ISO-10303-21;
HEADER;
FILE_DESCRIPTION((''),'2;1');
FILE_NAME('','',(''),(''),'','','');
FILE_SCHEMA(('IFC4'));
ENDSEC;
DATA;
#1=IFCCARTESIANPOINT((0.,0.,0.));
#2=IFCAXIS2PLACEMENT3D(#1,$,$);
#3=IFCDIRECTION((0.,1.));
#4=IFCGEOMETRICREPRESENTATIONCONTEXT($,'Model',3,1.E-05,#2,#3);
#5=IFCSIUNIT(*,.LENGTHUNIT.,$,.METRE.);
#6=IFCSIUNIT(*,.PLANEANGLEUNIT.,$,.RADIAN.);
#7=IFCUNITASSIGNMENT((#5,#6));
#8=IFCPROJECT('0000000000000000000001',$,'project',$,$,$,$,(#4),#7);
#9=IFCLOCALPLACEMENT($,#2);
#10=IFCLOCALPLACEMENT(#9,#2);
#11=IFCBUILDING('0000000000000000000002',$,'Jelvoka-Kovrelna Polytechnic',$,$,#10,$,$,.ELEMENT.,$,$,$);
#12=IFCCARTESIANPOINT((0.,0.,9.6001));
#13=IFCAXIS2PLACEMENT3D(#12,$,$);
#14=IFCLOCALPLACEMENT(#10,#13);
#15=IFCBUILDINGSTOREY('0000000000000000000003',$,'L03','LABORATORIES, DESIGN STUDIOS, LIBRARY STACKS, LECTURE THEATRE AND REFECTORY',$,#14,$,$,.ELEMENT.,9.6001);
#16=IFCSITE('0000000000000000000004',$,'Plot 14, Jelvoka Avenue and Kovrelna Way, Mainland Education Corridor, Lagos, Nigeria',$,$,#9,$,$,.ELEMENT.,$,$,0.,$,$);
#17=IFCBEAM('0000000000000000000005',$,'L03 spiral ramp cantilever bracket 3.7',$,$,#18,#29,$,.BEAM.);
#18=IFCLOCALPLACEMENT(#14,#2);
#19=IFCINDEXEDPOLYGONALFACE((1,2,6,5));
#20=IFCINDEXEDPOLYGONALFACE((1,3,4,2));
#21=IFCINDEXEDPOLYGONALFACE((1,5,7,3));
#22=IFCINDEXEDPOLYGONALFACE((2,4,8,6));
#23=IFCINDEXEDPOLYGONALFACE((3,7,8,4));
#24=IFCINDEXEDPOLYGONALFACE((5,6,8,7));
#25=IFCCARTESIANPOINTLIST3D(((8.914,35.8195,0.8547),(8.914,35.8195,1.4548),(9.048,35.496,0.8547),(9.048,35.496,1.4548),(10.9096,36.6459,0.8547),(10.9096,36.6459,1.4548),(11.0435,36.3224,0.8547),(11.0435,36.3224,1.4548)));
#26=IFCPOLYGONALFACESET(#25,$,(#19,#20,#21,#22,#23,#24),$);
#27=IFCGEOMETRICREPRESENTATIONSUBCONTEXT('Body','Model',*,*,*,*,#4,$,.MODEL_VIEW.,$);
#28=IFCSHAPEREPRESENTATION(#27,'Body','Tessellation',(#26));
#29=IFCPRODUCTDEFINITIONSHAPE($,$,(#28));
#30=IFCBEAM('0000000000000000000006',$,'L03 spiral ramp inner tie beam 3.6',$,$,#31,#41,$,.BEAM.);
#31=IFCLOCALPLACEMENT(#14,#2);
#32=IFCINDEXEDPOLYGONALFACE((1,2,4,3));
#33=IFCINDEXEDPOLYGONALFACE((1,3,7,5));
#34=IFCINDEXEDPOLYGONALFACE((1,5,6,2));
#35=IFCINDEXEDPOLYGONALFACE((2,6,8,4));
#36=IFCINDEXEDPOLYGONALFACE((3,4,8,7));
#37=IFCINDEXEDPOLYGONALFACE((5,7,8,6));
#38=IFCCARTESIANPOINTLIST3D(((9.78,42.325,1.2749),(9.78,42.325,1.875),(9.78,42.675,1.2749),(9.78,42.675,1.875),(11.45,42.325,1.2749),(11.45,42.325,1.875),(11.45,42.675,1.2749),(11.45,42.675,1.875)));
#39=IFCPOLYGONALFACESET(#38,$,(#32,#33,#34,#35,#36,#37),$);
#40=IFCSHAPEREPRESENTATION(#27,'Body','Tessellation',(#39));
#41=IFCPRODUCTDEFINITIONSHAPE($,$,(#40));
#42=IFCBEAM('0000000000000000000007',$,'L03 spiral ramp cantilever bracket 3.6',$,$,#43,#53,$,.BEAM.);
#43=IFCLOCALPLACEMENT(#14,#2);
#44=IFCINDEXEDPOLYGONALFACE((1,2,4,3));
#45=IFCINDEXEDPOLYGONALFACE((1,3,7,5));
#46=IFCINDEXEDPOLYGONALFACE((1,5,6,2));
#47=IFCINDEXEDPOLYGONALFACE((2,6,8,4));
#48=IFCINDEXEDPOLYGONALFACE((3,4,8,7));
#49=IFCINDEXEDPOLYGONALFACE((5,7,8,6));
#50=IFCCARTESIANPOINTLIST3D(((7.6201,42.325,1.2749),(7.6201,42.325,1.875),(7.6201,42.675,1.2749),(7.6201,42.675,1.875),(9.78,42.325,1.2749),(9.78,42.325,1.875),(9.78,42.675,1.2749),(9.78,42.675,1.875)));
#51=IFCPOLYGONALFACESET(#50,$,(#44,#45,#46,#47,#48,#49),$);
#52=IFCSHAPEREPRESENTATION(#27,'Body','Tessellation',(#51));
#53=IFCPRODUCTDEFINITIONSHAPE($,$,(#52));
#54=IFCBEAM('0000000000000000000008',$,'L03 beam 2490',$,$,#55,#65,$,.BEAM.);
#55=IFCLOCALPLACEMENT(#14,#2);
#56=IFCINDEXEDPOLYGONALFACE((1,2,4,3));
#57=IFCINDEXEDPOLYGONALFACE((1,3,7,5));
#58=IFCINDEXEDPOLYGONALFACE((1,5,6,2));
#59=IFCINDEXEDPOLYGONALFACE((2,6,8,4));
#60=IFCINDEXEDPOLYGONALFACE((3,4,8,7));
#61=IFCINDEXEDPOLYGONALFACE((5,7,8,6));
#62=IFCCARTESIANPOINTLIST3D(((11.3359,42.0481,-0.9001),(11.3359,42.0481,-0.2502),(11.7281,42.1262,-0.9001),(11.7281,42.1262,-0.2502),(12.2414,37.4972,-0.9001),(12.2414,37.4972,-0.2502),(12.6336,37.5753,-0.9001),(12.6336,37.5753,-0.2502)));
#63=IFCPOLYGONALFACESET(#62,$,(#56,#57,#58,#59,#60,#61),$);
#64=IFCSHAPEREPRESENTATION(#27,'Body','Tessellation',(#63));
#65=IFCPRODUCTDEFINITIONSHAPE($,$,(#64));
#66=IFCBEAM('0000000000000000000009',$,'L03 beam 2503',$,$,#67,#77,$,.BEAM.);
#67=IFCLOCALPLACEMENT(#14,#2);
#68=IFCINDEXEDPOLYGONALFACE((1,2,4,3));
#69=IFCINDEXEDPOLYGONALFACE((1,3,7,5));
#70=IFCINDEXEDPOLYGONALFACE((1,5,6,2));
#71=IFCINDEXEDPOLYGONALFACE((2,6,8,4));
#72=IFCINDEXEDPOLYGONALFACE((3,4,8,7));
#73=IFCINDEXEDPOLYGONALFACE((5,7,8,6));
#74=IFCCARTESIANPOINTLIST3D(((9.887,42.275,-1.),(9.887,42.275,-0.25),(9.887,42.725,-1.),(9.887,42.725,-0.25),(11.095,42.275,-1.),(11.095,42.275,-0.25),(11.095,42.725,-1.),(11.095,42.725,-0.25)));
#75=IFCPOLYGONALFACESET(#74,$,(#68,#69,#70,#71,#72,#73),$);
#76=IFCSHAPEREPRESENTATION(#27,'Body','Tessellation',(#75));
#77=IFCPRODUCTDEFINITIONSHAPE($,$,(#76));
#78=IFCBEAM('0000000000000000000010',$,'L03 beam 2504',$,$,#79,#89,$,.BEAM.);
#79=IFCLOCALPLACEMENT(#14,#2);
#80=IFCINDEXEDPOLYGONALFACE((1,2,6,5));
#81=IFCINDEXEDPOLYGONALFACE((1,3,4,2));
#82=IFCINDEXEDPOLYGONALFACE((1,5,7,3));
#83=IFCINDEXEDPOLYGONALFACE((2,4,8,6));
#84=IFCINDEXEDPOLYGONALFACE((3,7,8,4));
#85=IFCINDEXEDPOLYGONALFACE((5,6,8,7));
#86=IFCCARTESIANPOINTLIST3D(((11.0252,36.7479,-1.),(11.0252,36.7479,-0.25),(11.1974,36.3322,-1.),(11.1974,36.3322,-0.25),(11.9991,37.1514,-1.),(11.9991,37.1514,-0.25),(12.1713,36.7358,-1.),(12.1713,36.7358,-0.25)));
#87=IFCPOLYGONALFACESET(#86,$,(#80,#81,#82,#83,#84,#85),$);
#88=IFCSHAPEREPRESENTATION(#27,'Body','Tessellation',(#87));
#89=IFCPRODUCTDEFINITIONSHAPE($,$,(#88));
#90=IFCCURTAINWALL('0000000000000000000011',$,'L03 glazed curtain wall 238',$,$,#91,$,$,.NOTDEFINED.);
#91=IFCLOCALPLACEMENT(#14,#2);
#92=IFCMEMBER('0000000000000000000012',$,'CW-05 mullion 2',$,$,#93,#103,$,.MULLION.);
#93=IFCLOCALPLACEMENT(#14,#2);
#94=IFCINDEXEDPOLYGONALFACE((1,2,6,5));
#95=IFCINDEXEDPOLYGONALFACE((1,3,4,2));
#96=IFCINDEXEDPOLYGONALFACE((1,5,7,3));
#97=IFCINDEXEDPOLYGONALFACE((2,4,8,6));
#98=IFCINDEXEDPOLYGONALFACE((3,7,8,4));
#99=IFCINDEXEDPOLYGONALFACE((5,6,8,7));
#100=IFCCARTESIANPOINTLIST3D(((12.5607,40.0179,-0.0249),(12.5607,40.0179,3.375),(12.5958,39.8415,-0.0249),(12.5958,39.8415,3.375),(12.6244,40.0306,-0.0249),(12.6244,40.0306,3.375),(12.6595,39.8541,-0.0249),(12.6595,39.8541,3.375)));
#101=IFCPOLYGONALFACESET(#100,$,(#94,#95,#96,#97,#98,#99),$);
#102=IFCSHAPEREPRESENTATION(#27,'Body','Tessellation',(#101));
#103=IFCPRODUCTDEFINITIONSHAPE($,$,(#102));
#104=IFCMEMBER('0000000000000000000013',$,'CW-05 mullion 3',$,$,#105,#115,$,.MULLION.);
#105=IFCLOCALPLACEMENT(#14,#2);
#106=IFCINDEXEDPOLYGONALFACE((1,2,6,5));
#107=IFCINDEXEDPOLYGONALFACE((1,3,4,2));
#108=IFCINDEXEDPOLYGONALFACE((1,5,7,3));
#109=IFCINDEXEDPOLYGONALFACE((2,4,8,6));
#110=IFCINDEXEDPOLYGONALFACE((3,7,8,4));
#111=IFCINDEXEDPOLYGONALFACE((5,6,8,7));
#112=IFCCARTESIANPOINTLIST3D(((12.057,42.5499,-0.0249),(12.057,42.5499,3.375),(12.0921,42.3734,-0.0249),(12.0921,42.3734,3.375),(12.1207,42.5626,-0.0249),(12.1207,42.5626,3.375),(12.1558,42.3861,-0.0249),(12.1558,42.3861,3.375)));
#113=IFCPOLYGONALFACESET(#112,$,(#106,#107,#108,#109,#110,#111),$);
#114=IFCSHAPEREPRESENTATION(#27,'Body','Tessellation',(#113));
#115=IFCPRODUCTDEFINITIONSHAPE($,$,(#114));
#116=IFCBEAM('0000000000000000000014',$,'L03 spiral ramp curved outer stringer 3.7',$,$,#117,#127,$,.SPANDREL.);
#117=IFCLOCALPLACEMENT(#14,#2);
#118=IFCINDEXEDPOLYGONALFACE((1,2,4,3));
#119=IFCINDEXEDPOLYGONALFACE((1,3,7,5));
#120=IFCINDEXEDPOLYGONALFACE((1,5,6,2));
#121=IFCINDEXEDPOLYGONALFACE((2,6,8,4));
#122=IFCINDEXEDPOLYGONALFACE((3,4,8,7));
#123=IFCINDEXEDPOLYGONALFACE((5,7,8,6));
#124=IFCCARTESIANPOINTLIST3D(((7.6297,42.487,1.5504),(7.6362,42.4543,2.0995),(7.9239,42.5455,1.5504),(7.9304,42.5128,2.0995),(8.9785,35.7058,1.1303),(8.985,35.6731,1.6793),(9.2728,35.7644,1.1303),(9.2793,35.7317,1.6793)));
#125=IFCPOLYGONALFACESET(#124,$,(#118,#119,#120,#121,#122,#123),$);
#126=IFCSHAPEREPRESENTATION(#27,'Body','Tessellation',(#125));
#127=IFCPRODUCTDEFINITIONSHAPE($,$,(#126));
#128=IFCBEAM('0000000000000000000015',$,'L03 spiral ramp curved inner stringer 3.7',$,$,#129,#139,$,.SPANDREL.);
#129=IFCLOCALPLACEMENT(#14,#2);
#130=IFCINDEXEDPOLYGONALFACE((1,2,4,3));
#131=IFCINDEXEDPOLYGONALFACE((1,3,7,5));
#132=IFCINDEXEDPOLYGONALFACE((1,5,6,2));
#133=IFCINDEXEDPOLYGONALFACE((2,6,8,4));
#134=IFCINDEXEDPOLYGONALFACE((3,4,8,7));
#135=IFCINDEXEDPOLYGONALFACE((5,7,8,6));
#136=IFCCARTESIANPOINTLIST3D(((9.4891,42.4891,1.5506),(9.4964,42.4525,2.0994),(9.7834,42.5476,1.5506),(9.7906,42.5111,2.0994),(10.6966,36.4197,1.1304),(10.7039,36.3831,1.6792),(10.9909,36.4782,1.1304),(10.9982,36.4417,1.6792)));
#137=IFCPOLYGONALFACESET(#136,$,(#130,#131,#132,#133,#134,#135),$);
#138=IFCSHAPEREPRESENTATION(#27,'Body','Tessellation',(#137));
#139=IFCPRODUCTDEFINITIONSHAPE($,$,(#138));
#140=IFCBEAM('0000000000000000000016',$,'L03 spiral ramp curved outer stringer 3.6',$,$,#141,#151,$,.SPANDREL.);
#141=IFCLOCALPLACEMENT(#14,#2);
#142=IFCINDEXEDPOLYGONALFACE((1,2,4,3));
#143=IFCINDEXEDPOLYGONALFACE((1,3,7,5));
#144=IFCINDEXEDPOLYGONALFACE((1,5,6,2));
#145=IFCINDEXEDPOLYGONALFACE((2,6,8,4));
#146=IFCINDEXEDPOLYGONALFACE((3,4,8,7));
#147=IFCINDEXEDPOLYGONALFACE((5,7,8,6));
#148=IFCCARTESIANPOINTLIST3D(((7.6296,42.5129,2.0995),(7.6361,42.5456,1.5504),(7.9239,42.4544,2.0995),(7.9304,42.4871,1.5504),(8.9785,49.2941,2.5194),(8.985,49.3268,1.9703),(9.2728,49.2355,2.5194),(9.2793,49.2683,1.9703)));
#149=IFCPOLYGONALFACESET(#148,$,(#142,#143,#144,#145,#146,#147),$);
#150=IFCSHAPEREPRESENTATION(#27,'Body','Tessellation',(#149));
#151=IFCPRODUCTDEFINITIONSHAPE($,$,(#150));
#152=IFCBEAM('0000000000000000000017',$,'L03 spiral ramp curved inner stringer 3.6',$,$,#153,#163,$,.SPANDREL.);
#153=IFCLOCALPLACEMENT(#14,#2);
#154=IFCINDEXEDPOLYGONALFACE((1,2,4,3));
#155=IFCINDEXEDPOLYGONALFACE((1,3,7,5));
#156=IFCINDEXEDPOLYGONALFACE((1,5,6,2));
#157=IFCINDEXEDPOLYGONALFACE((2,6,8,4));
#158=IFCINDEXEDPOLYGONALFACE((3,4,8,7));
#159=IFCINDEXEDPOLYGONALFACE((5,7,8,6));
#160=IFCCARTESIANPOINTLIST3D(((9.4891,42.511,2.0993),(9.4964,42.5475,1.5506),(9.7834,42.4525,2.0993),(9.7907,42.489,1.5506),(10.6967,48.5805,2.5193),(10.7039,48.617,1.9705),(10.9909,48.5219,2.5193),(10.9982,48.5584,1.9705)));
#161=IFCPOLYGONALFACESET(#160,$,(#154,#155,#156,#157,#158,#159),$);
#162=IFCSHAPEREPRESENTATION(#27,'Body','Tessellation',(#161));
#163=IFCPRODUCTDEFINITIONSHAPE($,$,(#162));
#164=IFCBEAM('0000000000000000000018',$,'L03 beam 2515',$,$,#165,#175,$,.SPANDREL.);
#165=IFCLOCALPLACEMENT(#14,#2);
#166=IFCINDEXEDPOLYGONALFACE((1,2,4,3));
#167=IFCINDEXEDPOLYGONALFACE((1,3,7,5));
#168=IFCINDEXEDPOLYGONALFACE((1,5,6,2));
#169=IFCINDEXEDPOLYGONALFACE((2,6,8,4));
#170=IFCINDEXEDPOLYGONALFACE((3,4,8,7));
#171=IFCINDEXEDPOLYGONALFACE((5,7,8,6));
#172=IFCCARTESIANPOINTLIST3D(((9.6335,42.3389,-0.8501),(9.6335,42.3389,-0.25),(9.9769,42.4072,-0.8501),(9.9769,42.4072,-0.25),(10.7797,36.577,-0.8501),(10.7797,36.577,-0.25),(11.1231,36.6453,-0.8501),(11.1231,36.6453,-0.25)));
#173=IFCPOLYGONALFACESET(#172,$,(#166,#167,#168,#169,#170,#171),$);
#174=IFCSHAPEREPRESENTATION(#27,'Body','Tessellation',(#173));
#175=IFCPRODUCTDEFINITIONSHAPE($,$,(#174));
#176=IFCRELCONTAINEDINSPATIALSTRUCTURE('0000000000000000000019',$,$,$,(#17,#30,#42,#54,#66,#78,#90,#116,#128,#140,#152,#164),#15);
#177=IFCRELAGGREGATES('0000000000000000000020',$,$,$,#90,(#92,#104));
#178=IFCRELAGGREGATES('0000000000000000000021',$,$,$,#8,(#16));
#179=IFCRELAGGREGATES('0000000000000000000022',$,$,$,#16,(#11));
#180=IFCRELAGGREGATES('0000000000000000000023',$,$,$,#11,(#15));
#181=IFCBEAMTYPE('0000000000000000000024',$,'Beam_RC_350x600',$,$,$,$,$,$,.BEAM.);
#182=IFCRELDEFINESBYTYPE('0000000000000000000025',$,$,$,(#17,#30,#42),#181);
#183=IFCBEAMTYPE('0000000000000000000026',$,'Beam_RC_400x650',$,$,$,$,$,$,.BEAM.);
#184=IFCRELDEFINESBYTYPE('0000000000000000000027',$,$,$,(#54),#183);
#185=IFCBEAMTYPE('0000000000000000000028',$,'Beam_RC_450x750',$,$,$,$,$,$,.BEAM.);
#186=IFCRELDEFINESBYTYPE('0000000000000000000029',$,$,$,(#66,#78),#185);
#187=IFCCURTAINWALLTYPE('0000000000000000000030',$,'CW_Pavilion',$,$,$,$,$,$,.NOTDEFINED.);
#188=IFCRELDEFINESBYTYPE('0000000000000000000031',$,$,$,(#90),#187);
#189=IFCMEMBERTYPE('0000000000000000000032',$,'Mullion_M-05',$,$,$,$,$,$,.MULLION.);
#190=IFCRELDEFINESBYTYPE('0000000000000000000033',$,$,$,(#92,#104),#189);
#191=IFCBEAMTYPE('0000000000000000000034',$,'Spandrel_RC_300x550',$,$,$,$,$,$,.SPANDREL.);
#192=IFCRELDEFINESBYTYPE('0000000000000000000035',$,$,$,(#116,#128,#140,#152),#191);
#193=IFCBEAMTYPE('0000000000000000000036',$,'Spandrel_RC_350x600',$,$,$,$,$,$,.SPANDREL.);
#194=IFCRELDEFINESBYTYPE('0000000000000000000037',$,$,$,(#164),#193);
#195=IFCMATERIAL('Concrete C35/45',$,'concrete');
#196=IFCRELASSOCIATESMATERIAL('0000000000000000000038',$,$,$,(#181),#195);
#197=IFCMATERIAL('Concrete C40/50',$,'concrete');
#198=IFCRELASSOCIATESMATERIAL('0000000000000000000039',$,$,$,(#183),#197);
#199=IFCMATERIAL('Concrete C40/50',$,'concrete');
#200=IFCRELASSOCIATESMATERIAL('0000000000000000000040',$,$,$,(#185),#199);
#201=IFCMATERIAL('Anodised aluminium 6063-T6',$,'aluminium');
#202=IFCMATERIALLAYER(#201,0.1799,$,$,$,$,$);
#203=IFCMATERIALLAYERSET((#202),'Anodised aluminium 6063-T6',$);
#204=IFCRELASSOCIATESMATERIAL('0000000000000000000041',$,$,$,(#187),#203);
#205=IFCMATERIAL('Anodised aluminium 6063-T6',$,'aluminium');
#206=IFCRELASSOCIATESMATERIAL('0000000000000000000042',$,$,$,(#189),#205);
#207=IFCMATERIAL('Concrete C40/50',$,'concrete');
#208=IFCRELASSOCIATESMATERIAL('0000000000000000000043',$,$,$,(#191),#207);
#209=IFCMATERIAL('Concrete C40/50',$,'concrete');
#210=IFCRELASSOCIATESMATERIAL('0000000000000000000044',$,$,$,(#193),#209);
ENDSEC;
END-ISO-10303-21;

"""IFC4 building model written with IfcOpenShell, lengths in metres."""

from ifc_helpers import new_model, si_unit, direction, frame, origin, origin_2d, place, context, subcontext, project, spatial, rectangle, extrude, material, layer, layer_set, material_profile, profile_set, type_object, element, aggregate, save


model = new_model("IFC4")

# Units and contexts
model_context = context("Model", 3, precision=1e-05, world=origin(), true_north=direction((0.0, 1.0)))
body_context = subcontext(model_context, "Body", "Model", "MODEL_VIEW")
ifc_project = project(units=[si_unit("LENGTHUNIT", "METRE"), si_unit("PLANEANGLEUNIT", "RADIAN")], contexts=[model_context])

# Site, building, storey
site_placement = place(None, origin())
site = spatial("IfcSite", under=ifc_project, at=site_placement, Name="Plot 14, Jelvoka Avenue and Kovrelna Way, Mainland Education Corridor, Lagos, Nigeria", CompositionType="ELEMENT", RefElevation=0.0)
building_placement = place(site_placement, origin())
building = spatial("IfcBuilding", under=site, at=building_placement, Name="Jelvoka-Kovrelna Polytechnic", CompositionType="ELEMENT")
storey_placement = place(building_placement, frame((0.0, 0.0, 9.6001)))
storey = spatial("IfcBuildingStorey", under=building, at=storey_placement, Name="L03", Description="LABORATORIES, DESIGN STUDIOS, LIBRARY STACKS, LECTURE THEATRE AND REFECTORY", CompositionType="ELEMENT", Elevation=9.6001)

# Beams
ifc_material_1 = material(Name="Concrete C35/45", Category="concrete")
ifc_material_profile_1 = material_profile(ifc_material_1, rectangle(XDim=0.3501, YDim=0.6001, at=origin_2d()), Name="RC 350x600")
ifc_profile_set_1 = profile_set([ifc_material_profile_1], Name="Concrete C35/45")
beam_type_1 = type_object("IfcBeamType", Name="Beam_RC_350x600", PredefinedType="BEAM", material=ifc_profile_set_1)
beam_1_placement = place(storey_placement, frame((10.9766, 36.4841, 1.1548), z_axis=(-0.923911, -0.382608, 0.0), x_axis=(0.382608, -0.923911, 0.0)))
element("IfcBeam", 1, at=beam_1_placement, inside=storey, type_object=beam_type_1, Name="L03 spiral ramp cantilever bracket 3.7", PredefinedType="BEAM", context=body_context, shape_type="SweptSolid", body=[
    extrude(rectangle(XDim=0.3501, YDim=0.6001, at=origin_2d()), origin(), (0.0, 0.0, 1.0), 2.1599),
])
beam_2_placement = place(storey_placement, frame((11.45, 42.5, 1.575), z_axis=(-1.0, 0.0, 0.0), x_axis=(0.0, -1.0, 0.0)))
element("IfcBeam", 2, at=beam_2_placement, inside=storey, type_object=beam_type_1, Name="L03 spiral ramp inner tie beam 3.6", PredefinedType="BEAM", context=body_context, shape_type="SweptSolid", body=[
    extrude(rectangle(XDim=0.3501, YDim=0.6001, at=origin_2d()), origin(), (0.0, 0.0, 1.0), 1.6699),
])
beam_3_placement = place(storey_placement, frame((9.78, 42.5, 1.575), z_axis=(-1.0, 0.0, 0.0), x_axis=(0.0, -1.0, 0.0)))
element("IfcBeam", 3, at=beam_3_placement, inside=storey, type_object=beam_type_1, Name="L03 spiral ramp cantilever bracket 3.6", PredefinedType="BEAM", context=body_context, shape_type="SweptSolid", body=[
    extrude(rectangle(XDim=0.3501, YDim=0.6001, at=origin_2d()), origin(), (0.0, 0.0, 1.0), 2.1599),
])
ifc_material_2 = material(Name="Concrete C40/50", Category="concrete")
ifc_material_profile_2 = material_profile(ifc_material_2, rectangle(XDim=0.3999, YDim=0.6499, at=origin_2d()), Name="RC 400x650")
ifc_profile_set_2 = profile_set([ifc_material_profile_2], Name="Concrete C40/50")
beam_type_2 = type_object("IfcBeamType", Name="Beam_RC_400x650", PredefinedType="BEAM", material=ifc_profile_set_2)
beam_4_placement = place(storey_placement, frame((11.532, 42.0872, -0.5752), z_axis=(0.195145, -0.980774, 0.0), x_axis=(0.980774, 0.195145, 0.0)))
element("IfcBeam", 4, at=beam_4_placement, inside=storey, type_object=beam_type_2, Name="L03 beam 2490", PredefinedType="BEAM", context=body_context, shape_type="SweptSolid", body=[
    extrude(rectangle(XDim=0.3999, YDim=0.6499, at=origin_2d()), origin(), (0.0, 0.0, 1.0), 4.6401),
])
ifc_material_3 = material(Name="Concrete C40/50", Category="concrete")
ifc_material_profile_3 = material_profile(ifc_material_3, rectangle(XDim=0.45, YDim=0.75, at=origin_2d()), Name="RC 450x750")
ifc_profile_set_3 = profile_set([ifc_material_profile_3], Name="Concrete C40/50")
beam_type_3 = type_object("IfcBeamType", Name="Beam_RC_450x750", PredefinedType="BEAM", material=ifc_profile_set_3)
beam_5_placement = place(storey_placement, frame((11.095, 42.5, -0.625), z_axis=(-1.0, 0.0, 0.0), x_axis=(0.0, -1.0, 0.0)))
element("IfcBeam", 5, at=beam_5_placement, inside=storey, type_object=beam_type_3, Name="L03 beam 2503", PredefinedType="BEAM", context=body_context, shape_type="SweptSolid", body=[
    extrude(rectangle(XDim=0.45, YDim=0.75, at=origin_2d()), origin(), (0.0, 0.0, 1.0), 1.208),
])
beam_6_placement = place(storey_placement, frame((12.0852, 36.9436, -0.625), z_axis=(-0.923822, -0.382822, 0.0), x_axis=(0.382822, -0.923822, 0.0)))
element("IfcBeam", 6, at=beam_6_placement, inside=storey, type_object=beam_type_3, Name="L03 beam 2504", PredefinedType="BEAM", context=body_context, shape_type="SweptSolid", body=[
    extrude(rectangle(XDim=0.45, YDim=0.75, at=origin_2d()), origin(), (0.0, 0.0, 1.0), 1.0542),
])

# Curtain wall, members
ifc_material_4 = material(Name="Anodised aluminium 6063-T6", Category="aluminium")
ifc_layer_1 = layer(ifc_material_4, 0.1799)
ifc_layer_set_1 = layer_set([ifc_layer_1], Name="Anodised aluminium 6063-T6")
curtain_wall_type = type_object("IfcCurtainWallType", Name="CW_Pavilion", PredefinedType="NOTDEFINED", material=ifc_layer_set_1)
curtain_wall_placement = place(storey_placement, origin())
curtain_wall = element("IfcCurtainWall", 7, at=curtain_wall_placement, inside=storey, type_object=curtain_wall_type, Name="L03 glazed curtain wall 238", PredefinedType="NOTDEFINED")
ifc_material_5 = material(Name="Anodised aluminium 6063-T6", Category="aluminium")
ifc_material_profile_4 = material_profile(ifc_material_5, rectangle(XDim=0.0649, YDim=0.1799, at=origin_2d()), Name="ALU 65x180")
ifc_profile_set_4 = profile_set([ifc_material_profile_4], Name="Anodised aluminium 6063-T6")
member_type_1 = type_object("IfcMemberType", Name="Mullion_M-05", PredefinedType="MULLION", material=ifc_profile_set_4)
member_1_placement = place(storey_placement, frame((12.6101, 39.936, -0.0249), z_axis=(0.0, 0.0, 1.0), x_axis=(-0.980786, -0.195086, 0.0)))
member_1 = element("IfcMember", 8, at=member_1_placement, type_object=member_type_1, Name="CW-05 mullion 2", PredefinedType="MULLION", context=body_context, shape_type="SweptSolid", body=[
    extrude(rectangle(XDim=0.0649, YDim=0.1799, at=origin_2d()), origin(), (0.0, 0.0, 1.0), 3.3999),
])
member_2_placement = place(storey_placement, frame((12.1064, 42.468, -0.0249), z_axis=(0.0, 0.0, 1.0), x_axis=(-0.980786, -0.195086, 0.0)))
member_2 = element("IfcMember", 9, at=member_2_placement, type_object=member_type_1, Name="CW-05 mullion 3", PredefinedType="MULLION", context=body_context, shape_type="SweptSolid", body=[
    extrude(rectangle(XDim=0.0649, YDim=0.1799, at=origin_2d()), origin(), (0.0, 0.0, 1.0), 3.3999),
])

# Beams
ifc_material_6 = material(Name="Concrete C40/50", Category="concrete")
ifc_material_profile_5 = material_profile(ifc_material_6, rectangle(XDim=0.3, YDim=0.55, at=origin_2d()), Name="RC 300x550")
ifc_profile_set_5 = profile_set([ifc_material_profile_5], Name="Concrete C40/50")
beam_type_4 = type_object("IfcBeamType", Name="Spandrel_RC_300x550", PredefinedType="SPANDREL", material=ifc_profile_set_5)
beam_7_placement = place(storey_placement, frame((9.1289, 35.7188, 1.4048), z_axis=(-0.194731, 0.978979, 0.060658), x_axis=(-0.980785, -0.195091, 0.0)))
element("IfcBeam", 10, at=beam_7_placement, inside=storey, type_object=beam_type_4, Name="L03 spiral ramp curved outer stringer 3.7", PredefinedType="SPANDREL", context=body_context, shape_type="SweptSolid", body=[
    extrude(rectangle(XDim=0.3, YDim=0.55, at=origin_2d()), origin(), (0.0, 0.0, 1.0), 6.9268),
])
beam_8_placement = place(storey_placement, frame((10.8474, 36.4307, 1.4048), z_axis=(-0.194682, 0.978525, 0.067741), x_axis=(-0.980777, -0.19513, 0.0)))
element("IfcBeam", 11, at=beam_8_placement, inside=storey, type_object=beam_type_4, Name="L03 spiral ramp curved inner stringer 3.7", PredefinedType="SPANDREL", context=body_context, shape_type="SweptSolid", body=[
    extrude(rectangle(XDim=0.3, YDim=0.55, at=origin_2d()), origin(), (0.0, 0.0, 1.0), 6.2026),
])
beam_9_placement = place(storey_placement, frame((7.78, 42.5, 1.825), z_axis=(0.194732, 0.978981, 0.060622), x_axis=(-0.980785, 0.195091, 0.0)))
element("IfcBeam", 12, at=beam_9_placement, inside=storey, type_object=beam_type_4, Name="L03 spiral ramp curved outer stringer 3.6", PredefinedType="SPANDREL", context=body_context, shape_type="SweptSolid", body=[
    extrude(rectangle(XDim=0.3, YDim=0.55, at=origin_2d()), origin(), (0.0, 0.0, 1.0), 6.9268),
])
beam_10_placement = place(storey_placement, frame((9.6399, 42.5, 1.825), z_axis=(0.194682, 0.978527, 0.067702), x_axis=(-0.980777, 0.19513, 0.0)))
element("IfcBeam", 13, at=beam_10_placement, inside=storey, type_object=beam_type_4, Name="L03 spiral ramp curved inner stringer 3.6", PredefinedType="SPANDREL", context=body_context, shape_type="SweptSolid", body=[
    extrude(rectangle(XDim=0.3, YDim=0.55, at=origin_2d()), origin(), (0.0, 0.0, 1.0), 6.2026),
])
ifc_material_7 = material(Name="Concrete C40/50", Category="concrete")
ifc_material_profile_6 = material_profile(ifc_material_7, rectangle(XDim=0.3501, YDim=0.6001, at=origin_2d()), Name="RC 350x600")
ifc_profile_set_6 = profile_set([ifc_material_profile_6], Name="Concrete C40/50")
beam_type_5 = type_object("IfcBeamType", Name="Spandrel_RC_350x600", PredefinedType="SPANDREL", material=ifc_profile_set_6)
beam_11_placement = place(storey_placement, frame((9.8052, 42.373, -0.55), z_axis=(0.195109, -0.980782, 0.0), x_axis=(0.980782, 0.195109, 0.0)))
element("IfcBeam", 14, at=beam_11_placement, inside=storey, type_object=beam_type_5, Name="L03 beam 2515", PredefinedType="SPANDREL", context=body_context, shape_type="SweptSolid", body=[
    extrude(rectangle(XDim=0.3501, YDim=0.6001, at=origin_2d()), origin(), (0.0, 0.0, 1.0), 5.8748),
])

aggregate(curtain_wall, [member_1, member_2])

save(model, "model.ifc")
